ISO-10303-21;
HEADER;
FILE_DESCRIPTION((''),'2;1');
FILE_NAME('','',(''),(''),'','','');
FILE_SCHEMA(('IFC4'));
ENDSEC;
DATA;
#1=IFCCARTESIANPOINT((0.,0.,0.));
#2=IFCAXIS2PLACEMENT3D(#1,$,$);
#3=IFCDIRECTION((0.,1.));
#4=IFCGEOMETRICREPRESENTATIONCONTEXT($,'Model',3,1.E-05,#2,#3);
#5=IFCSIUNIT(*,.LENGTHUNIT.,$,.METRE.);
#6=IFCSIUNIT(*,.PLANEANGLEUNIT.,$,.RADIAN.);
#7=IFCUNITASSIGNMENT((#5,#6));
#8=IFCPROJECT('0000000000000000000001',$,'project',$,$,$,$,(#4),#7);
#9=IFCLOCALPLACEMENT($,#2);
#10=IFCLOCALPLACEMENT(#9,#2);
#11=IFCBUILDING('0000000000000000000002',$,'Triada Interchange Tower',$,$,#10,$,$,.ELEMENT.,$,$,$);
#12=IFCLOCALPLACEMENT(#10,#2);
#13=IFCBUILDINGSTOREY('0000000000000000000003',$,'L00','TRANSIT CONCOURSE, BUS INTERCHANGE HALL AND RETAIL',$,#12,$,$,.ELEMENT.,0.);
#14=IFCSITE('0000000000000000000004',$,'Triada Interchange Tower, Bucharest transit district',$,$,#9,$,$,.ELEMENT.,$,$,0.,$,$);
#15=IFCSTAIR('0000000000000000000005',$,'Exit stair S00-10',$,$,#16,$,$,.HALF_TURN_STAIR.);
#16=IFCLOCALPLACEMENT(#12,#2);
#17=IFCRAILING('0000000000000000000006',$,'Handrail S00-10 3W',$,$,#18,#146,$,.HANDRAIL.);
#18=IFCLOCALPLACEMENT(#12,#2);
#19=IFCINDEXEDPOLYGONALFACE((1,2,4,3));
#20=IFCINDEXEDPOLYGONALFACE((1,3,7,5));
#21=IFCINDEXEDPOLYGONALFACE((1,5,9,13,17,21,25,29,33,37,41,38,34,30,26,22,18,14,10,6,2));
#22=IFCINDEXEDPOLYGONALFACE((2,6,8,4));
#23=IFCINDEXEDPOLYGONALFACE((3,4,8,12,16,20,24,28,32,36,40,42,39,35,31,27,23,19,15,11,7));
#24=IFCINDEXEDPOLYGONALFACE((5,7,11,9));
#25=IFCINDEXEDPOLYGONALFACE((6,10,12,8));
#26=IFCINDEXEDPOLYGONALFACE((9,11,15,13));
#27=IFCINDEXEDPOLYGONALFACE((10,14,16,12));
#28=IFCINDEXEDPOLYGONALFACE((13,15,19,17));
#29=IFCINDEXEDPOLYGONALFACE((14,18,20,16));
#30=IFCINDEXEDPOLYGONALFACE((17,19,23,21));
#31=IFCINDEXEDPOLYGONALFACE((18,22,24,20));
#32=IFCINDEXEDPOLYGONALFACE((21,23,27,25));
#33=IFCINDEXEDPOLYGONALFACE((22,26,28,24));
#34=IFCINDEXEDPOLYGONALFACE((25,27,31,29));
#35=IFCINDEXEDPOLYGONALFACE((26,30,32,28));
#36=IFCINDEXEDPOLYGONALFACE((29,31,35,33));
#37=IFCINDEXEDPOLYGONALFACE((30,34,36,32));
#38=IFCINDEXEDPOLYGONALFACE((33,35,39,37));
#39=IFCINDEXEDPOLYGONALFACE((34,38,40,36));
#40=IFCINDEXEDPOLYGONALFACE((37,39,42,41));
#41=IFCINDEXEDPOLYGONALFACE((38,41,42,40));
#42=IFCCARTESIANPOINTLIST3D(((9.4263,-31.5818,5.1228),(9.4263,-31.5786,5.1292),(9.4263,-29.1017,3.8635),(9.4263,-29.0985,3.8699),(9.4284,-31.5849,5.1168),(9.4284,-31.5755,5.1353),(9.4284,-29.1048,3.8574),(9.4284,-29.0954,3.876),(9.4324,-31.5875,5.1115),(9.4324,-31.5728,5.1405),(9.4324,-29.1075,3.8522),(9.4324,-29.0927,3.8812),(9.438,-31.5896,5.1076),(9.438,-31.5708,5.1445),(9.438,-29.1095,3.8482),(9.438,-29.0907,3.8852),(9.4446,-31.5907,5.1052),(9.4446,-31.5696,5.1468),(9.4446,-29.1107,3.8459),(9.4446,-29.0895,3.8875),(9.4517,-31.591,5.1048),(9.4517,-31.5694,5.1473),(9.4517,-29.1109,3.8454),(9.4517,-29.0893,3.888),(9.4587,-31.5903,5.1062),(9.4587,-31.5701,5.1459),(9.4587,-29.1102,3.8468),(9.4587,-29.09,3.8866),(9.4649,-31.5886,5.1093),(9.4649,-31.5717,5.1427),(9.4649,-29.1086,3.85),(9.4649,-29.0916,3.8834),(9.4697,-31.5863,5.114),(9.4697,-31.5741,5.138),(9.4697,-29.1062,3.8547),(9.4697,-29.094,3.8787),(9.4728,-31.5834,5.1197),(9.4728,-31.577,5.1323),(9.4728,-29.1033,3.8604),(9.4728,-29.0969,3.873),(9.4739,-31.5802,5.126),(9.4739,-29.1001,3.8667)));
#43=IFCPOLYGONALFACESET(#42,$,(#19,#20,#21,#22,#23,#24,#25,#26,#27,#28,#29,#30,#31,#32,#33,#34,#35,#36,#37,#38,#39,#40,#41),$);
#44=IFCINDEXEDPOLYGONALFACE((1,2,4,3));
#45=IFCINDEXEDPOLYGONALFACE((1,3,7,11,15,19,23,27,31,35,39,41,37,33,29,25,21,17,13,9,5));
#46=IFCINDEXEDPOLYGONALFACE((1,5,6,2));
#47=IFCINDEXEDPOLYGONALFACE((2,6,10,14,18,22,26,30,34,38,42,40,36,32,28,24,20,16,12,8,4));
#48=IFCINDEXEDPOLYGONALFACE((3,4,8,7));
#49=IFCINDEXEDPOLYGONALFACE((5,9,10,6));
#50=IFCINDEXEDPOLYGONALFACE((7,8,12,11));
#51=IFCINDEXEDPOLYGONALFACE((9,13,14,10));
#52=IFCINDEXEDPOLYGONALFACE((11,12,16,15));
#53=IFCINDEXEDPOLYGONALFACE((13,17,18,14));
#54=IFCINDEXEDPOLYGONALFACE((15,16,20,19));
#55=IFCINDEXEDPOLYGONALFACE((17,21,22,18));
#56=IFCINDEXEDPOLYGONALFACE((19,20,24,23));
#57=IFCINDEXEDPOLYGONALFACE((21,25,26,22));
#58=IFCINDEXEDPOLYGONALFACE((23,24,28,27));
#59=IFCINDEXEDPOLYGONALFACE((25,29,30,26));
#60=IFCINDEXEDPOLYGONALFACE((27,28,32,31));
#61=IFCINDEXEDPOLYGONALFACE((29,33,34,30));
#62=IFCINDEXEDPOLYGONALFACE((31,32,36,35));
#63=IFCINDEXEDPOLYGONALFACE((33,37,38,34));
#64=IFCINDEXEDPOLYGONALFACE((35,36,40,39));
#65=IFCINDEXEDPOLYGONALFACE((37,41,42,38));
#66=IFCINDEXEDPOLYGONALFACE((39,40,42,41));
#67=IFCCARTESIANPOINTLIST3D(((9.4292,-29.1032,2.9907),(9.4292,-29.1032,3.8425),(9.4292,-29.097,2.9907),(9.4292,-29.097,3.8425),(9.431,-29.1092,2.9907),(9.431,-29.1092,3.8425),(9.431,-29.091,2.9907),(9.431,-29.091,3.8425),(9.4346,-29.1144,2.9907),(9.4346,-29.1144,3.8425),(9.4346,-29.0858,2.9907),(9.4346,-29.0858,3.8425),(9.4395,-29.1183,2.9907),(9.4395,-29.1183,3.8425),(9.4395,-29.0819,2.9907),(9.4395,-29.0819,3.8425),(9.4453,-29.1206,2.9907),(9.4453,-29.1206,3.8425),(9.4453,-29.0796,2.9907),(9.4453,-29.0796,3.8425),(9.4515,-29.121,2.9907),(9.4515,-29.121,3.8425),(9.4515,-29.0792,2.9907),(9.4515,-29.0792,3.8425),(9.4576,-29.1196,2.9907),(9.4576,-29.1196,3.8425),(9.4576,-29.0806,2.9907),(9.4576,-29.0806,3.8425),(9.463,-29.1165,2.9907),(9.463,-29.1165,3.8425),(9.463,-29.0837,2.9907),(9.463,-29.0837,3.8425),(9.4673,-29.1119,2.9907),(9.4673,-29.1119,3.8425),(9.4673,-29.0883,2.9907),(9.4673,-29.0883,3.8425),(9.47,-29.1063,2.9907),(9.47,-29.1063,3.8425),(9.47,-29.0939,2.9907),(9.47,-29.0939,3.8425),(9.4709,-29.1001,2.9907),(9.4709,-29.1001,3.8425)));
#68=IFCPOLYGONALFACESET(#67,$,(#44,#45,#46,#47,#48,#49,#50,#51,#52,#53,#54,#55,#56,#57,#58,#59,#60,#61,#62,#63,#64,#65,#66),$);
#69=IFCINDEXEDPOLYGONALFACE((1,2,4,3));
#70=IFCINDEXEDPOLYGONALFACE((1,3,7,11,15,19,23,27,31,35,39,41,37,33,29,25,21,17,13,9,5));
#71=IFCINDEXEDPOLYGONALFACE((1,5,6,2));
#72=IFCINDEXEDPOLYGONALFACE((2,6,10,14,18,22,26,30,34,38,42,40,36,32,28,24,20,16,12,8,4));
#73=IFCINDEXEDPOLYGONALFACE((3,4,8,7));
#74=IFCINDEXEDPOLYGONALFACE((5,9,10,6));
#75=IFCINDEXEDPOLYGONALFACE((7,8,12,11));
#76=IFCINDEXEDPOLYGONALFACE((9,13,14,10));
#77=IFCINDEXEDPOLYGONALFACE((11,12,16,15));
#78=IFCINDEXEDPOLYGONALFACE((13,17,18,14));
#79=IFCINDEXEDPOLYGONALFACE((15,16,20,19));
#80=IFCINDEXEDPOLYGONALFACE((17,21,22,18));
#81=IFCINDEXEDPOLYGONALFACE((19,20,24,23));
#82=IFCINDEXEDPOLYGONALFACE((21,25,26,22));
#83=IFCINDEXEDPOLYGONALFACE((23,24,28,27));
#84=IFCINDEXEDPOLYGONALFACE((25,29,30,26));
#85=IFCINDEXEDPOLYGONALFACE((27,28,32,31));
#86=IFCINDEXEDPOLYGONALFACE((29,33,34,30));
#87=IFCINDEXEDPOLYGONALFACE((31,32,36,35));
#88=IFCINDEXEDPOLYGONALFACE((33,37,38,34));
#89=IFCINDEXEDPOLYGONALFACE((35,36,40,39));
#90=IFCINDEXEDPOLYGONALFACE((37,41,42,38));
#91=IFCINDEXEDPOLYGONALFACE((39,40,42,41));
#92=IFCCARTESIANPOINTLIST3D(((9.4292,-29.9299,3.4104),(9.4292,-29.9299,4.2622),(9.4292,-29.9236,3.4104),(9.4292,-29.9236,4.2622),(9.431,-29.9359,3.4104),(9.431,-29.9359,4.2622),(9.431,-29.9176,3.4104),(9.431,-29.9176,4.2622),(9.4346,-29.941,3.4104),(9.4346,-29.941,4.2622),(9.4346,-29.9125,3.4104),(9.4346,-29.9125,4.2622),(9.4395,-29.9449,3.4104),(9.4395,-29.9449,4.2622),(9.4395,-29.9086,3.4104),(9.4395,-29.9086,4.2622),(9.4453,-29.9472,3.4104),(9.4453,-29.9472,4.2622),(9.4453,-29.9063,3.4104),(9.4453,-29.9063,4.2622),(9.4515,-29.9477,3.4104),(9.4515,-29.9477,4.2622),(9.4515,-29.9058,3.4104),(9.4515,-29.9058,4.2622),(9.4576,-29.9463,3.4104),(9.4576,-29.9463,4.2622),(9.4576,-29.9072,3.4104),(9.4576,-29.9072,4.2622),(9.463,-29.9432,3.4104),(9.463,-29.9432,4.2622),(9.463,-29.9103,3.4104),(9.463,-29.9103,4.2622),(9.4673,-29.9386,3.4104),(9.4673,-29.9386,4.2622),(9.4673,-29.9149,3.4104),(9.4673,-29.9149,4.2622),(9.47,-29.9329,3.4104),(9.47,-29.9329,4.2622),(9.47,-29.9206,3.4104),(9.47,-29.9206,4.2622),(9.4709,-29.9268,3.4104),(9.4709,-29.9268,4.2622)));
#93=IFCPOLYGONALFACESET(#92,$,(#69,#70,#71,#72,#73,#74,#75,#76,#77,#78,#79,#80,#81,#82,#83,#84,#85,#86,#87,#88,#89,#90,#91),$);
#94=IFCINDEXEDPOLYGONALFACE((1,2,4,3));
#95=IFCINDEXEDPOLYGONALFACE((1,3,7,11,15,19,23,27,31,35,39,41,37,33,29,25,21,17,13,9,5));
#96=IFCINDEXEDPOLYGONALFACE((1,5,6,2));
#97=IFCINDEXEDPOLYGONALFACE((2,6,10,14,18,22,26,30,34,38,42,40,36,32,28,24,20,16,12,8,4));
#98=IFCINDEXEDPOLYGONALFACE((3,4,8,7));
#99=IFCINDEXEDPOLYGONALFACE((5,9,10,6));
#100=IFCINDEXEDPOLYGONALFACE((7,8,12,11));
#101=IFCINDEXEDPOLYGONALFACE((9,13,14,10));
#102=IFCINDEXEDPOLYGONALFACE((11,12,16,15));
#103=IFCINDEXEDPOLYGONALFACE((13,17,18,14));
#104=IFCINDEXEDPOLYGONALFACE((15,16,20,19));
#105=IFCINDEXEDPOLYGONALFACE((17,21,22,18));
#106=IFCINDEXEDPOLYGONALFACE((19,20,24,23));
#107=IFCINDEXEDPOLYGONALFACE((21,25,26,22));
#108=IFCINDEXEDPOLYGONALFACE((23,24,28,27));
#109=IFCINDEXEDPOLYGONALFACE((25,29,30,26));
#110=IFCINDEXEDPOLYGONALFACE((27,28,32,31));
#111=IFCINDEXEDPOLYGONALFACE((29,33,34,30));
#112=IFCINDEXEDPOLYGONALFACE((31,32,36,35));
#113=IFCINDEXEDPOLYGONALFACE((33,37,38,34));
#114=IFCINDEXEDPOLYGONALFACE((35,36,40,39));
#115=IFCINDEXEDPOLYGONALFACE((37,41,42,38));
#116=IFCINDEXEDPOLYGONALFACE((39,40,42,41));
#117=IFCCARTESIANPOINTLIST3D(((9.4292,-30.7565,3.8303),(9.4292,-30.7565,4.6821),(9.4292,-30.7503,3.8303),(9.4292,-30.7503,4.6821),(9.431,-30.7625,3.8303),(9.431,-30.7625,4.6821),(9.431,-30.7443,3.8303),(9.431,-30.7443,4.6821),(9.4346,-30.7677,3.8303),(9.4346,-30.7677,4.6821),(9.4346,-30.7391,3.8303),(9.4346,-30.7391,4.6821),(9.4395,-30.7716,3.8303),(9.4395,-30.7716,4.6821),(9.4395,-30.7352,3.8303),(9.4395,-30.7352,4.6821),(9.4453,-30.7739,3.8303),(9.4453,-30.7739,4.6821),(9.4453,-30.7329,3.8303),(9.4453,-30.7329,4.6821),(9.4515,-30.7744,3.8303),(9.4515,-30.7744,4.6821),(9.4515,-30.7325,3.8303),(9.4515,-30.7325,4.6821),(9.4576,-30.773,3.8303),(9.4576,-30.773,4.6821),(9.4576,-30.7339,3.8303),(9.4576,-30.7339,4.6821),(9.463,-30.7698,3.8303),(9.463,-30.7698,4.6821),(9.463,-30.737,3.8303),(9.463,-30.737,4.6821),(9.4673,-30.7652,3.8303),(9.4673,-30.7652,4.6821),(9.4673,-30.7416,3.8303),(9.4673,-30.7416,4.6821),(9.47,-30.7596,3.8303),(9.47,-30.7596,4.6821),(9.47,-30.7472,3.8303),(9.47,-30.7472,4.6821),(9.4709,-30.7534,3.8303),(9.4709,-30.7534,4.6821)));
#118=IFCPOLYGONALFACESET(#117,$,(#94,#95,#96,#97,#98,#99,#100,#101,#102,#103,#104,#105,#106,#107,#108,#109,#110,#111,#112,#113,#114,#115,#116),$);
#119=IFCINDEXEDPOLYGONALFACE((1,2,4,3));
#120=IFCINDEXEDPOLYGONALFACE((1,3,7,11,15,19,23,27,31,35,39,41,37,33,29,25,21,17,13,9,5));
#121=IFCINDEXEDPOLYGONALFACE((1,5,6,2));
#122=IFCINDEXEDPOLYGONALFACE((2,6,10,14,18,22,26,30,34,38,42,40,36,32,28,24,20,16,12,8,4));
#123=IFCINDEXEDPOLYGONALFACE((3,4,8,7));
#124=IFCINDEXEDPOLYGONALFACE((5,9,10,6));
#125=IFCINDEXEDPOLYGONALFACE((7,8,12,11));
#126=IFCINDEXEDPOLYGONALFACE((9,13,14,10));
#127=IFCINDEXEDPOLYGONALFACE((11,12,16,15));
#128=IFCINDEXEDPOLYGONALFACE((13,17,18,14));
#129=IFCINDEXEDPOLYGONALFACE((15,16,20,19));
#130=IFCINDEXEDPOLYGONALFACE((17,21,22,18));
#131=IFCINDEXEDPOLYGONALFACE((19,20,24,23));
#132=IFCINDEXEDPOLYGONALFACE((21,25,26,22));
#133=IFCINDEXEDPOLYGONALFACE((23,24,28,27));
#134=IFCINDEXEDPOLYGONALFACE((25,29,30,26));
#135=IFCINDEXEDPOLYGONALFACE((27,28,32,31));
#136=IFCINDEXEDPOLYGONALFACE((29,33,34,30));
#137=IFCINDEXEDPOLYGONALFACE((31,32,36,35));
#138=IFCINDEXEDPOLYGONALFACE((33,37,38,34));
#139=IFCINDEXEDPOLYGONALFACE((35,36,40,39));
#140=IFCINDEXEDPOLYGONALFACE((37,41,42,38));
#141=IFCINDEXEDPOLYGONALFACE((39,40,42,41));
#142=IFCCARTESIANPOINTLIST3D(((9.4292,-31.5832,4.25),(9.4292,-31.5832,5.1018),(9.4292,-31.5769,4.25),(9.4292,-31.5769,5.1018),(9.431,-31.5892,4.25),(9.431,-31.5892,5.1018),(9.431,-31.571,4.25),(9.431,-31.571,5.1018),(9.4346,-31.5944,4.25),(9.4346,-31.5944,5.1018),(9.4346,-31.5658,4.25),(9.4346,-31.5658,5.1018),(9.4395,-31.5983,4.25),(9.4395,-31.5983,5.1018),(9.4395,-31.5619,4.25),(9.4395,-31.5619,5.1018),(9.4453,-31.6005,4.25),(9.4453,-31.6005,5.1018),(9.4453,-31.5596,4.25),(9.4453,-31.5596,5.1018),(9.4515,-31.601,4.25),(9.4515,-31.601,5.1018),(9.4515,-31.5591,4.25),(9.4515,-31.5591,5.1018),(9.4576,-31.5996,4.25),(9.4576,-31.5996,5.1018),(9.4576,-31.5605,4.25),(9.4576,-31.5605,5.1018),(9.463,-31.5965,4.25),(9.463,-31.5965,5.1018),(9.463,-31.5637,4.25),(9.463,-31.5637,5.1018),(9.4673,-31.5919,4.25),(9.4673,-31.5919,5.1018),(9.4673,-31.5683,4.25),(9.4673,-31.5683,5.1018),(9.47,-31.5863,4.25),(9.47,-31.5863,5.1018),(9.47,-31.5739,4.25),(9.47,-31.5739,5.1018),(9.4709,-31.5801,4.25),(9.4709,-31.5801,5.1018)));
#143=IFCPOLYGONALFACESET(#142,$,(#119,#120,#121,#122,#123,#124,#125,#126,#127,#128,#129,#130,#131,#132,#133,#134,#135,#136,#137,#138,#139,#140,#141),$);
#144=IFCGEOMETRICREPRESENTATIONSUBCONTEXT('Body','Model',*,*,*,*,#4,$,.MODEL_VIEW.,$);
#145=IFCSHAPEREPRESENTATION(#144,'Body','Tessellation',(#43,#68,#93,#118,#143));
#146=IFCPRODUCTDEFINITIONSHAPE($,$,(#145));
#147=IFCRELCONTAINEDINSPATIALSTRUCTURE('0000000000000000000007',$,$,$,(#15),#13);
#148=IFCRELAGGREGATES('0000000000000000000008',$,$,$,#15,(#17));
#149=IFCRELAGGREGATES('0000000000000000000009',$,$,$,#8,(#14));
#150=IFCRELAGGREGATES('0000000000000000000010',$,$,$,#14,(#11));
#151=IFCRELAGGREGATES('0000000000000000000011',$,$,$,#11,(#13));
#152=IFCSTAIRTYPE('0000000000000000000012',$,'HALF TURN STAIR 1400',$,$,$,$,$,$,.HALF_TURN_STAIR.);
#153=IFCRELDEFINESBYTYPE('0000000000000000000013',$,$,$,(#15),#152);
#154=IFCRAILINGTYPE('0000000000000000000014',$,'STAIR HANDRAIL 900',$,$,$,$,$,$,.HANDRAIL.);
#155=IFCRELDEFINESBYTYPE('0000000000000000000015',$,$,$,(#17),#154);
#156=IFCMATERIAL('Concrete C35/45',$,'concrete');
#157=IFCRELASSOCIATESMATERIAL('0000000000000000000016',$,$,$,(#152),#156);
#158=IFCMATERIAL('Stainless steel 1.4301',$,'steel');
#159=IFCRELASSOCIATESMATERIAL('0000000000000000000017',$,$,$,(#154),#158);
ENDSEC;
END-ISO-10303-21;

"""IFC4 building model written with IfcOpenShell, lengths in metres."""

from ifc_helpers import new_model, si_unit, direction, frame, origin, origin_2d, place, context, subcontext, project, spatial, circle, extrude, material, type_object, element, aggregate, save


model = new_model("IFC4")

# Units and contexts
model_context = context("Model", 3, precision=1e-05, world=origin(), true_north=direction((0.0, 1.0)))
body_context = subcontext(model_context, "Body", "Model", "MODEL_VIEW")
ifc_project = project(units=[si_unit("LENGTHUNIT", "METRE"), si_unit("PLANEANGLEUNIT", "RADIAN")], contexts=[model_context])

# Site, building, storey
site_placement = place(None, origin())
site = spatial("IfcSite", under=ifc_project, at=site_placement, Name="Triada Interchange Tower, Bucharest transit district", CompositionType="ELEMENT", RefElevation=0.0)
building_placement = place(site_placement, origin())
building = spatial("IfcBuilding", under=site, at=building_placement, Name="Triada Interchange Tower", CompositionType="ELEMENT")
storey_placement = place(building_placement, origin())
storey = spatial("IfcBuildingStorey", under=building, at=storey_placement, Name="L00", Description="TRANSIT CONCOURSE, BUS INTERCHANGE HALL AND RETAIL", CompositionType="ELEMENT", Elevation=0.0)

# Stair, railing
ifc_material_1 = material(Name="Concrete C35/45", Category="concrete")
stair_type = type_object("IfcStairType", Name="HALF TURN STAIR 1400", PredefinedType="HALF_TURN_STAIR", material=ifc_material_1)
stair_placement = place(storey_placement, origin())
stair = element("IfcStair", 1, at=stair_placement, inside=storey, type_object=stair_type, Name="Exit stair S00-10", PredefinedType="HALF_TURN_STAIR")
ifc_material_2 = material(Name="Stainless steel 1.4301", Category="steel")
railing_type = type_object("IfcRailingType", Name="STAIR HANDRAIL 900", PredefinedType="HANDRAIL", material=ifc_material_2)
railing_1_placement = place(storey_placement, frame((9.45, -29.1001, 2.9907)))
railing_1 = element("IfcRailing", 2, at=railing_1_placement, type_object=railing_type, Name="Handrail S00-10 3W", PredefinedType="HANDRAIL", context=body_context, shape_type="SweptSolid", body=[
    extrude(circle(Radius=0.0239, at=origin_2d()), frame((0.0, 0.0, 0.876), z_axis=(0.0, -0.891636, 0.452752), x_axis=(1.0, 0.0, 0.0)), (0.0, 0.0, 1.0), 2.7815),
    extrude(circle(Radius=0.021, at=origin_2d()), origin(), (0.0, 0.0, 1.0), 0.8518),
    extrude(circle(Radius=0.021, at=origin_2d()), frame((0.0, -0.8267, 0.4197)), (0.0, 0.0, 1.0), 0.8518),
    extrude(circle(Radius=0.021, at=origin_2d()), frame((0.0, -1.6533, 0.8396)), (0.0, 0.0, 1.0), 0.8518),
    extrude(circle(Radius=0.021, at=origin_2d()), frame((0.0, -2.48, 1.2593)), (0.0, 0.0, 1.0), 0.8518),
])
aggregate(stair, [railing_1])

save(model, "model.ifc")
